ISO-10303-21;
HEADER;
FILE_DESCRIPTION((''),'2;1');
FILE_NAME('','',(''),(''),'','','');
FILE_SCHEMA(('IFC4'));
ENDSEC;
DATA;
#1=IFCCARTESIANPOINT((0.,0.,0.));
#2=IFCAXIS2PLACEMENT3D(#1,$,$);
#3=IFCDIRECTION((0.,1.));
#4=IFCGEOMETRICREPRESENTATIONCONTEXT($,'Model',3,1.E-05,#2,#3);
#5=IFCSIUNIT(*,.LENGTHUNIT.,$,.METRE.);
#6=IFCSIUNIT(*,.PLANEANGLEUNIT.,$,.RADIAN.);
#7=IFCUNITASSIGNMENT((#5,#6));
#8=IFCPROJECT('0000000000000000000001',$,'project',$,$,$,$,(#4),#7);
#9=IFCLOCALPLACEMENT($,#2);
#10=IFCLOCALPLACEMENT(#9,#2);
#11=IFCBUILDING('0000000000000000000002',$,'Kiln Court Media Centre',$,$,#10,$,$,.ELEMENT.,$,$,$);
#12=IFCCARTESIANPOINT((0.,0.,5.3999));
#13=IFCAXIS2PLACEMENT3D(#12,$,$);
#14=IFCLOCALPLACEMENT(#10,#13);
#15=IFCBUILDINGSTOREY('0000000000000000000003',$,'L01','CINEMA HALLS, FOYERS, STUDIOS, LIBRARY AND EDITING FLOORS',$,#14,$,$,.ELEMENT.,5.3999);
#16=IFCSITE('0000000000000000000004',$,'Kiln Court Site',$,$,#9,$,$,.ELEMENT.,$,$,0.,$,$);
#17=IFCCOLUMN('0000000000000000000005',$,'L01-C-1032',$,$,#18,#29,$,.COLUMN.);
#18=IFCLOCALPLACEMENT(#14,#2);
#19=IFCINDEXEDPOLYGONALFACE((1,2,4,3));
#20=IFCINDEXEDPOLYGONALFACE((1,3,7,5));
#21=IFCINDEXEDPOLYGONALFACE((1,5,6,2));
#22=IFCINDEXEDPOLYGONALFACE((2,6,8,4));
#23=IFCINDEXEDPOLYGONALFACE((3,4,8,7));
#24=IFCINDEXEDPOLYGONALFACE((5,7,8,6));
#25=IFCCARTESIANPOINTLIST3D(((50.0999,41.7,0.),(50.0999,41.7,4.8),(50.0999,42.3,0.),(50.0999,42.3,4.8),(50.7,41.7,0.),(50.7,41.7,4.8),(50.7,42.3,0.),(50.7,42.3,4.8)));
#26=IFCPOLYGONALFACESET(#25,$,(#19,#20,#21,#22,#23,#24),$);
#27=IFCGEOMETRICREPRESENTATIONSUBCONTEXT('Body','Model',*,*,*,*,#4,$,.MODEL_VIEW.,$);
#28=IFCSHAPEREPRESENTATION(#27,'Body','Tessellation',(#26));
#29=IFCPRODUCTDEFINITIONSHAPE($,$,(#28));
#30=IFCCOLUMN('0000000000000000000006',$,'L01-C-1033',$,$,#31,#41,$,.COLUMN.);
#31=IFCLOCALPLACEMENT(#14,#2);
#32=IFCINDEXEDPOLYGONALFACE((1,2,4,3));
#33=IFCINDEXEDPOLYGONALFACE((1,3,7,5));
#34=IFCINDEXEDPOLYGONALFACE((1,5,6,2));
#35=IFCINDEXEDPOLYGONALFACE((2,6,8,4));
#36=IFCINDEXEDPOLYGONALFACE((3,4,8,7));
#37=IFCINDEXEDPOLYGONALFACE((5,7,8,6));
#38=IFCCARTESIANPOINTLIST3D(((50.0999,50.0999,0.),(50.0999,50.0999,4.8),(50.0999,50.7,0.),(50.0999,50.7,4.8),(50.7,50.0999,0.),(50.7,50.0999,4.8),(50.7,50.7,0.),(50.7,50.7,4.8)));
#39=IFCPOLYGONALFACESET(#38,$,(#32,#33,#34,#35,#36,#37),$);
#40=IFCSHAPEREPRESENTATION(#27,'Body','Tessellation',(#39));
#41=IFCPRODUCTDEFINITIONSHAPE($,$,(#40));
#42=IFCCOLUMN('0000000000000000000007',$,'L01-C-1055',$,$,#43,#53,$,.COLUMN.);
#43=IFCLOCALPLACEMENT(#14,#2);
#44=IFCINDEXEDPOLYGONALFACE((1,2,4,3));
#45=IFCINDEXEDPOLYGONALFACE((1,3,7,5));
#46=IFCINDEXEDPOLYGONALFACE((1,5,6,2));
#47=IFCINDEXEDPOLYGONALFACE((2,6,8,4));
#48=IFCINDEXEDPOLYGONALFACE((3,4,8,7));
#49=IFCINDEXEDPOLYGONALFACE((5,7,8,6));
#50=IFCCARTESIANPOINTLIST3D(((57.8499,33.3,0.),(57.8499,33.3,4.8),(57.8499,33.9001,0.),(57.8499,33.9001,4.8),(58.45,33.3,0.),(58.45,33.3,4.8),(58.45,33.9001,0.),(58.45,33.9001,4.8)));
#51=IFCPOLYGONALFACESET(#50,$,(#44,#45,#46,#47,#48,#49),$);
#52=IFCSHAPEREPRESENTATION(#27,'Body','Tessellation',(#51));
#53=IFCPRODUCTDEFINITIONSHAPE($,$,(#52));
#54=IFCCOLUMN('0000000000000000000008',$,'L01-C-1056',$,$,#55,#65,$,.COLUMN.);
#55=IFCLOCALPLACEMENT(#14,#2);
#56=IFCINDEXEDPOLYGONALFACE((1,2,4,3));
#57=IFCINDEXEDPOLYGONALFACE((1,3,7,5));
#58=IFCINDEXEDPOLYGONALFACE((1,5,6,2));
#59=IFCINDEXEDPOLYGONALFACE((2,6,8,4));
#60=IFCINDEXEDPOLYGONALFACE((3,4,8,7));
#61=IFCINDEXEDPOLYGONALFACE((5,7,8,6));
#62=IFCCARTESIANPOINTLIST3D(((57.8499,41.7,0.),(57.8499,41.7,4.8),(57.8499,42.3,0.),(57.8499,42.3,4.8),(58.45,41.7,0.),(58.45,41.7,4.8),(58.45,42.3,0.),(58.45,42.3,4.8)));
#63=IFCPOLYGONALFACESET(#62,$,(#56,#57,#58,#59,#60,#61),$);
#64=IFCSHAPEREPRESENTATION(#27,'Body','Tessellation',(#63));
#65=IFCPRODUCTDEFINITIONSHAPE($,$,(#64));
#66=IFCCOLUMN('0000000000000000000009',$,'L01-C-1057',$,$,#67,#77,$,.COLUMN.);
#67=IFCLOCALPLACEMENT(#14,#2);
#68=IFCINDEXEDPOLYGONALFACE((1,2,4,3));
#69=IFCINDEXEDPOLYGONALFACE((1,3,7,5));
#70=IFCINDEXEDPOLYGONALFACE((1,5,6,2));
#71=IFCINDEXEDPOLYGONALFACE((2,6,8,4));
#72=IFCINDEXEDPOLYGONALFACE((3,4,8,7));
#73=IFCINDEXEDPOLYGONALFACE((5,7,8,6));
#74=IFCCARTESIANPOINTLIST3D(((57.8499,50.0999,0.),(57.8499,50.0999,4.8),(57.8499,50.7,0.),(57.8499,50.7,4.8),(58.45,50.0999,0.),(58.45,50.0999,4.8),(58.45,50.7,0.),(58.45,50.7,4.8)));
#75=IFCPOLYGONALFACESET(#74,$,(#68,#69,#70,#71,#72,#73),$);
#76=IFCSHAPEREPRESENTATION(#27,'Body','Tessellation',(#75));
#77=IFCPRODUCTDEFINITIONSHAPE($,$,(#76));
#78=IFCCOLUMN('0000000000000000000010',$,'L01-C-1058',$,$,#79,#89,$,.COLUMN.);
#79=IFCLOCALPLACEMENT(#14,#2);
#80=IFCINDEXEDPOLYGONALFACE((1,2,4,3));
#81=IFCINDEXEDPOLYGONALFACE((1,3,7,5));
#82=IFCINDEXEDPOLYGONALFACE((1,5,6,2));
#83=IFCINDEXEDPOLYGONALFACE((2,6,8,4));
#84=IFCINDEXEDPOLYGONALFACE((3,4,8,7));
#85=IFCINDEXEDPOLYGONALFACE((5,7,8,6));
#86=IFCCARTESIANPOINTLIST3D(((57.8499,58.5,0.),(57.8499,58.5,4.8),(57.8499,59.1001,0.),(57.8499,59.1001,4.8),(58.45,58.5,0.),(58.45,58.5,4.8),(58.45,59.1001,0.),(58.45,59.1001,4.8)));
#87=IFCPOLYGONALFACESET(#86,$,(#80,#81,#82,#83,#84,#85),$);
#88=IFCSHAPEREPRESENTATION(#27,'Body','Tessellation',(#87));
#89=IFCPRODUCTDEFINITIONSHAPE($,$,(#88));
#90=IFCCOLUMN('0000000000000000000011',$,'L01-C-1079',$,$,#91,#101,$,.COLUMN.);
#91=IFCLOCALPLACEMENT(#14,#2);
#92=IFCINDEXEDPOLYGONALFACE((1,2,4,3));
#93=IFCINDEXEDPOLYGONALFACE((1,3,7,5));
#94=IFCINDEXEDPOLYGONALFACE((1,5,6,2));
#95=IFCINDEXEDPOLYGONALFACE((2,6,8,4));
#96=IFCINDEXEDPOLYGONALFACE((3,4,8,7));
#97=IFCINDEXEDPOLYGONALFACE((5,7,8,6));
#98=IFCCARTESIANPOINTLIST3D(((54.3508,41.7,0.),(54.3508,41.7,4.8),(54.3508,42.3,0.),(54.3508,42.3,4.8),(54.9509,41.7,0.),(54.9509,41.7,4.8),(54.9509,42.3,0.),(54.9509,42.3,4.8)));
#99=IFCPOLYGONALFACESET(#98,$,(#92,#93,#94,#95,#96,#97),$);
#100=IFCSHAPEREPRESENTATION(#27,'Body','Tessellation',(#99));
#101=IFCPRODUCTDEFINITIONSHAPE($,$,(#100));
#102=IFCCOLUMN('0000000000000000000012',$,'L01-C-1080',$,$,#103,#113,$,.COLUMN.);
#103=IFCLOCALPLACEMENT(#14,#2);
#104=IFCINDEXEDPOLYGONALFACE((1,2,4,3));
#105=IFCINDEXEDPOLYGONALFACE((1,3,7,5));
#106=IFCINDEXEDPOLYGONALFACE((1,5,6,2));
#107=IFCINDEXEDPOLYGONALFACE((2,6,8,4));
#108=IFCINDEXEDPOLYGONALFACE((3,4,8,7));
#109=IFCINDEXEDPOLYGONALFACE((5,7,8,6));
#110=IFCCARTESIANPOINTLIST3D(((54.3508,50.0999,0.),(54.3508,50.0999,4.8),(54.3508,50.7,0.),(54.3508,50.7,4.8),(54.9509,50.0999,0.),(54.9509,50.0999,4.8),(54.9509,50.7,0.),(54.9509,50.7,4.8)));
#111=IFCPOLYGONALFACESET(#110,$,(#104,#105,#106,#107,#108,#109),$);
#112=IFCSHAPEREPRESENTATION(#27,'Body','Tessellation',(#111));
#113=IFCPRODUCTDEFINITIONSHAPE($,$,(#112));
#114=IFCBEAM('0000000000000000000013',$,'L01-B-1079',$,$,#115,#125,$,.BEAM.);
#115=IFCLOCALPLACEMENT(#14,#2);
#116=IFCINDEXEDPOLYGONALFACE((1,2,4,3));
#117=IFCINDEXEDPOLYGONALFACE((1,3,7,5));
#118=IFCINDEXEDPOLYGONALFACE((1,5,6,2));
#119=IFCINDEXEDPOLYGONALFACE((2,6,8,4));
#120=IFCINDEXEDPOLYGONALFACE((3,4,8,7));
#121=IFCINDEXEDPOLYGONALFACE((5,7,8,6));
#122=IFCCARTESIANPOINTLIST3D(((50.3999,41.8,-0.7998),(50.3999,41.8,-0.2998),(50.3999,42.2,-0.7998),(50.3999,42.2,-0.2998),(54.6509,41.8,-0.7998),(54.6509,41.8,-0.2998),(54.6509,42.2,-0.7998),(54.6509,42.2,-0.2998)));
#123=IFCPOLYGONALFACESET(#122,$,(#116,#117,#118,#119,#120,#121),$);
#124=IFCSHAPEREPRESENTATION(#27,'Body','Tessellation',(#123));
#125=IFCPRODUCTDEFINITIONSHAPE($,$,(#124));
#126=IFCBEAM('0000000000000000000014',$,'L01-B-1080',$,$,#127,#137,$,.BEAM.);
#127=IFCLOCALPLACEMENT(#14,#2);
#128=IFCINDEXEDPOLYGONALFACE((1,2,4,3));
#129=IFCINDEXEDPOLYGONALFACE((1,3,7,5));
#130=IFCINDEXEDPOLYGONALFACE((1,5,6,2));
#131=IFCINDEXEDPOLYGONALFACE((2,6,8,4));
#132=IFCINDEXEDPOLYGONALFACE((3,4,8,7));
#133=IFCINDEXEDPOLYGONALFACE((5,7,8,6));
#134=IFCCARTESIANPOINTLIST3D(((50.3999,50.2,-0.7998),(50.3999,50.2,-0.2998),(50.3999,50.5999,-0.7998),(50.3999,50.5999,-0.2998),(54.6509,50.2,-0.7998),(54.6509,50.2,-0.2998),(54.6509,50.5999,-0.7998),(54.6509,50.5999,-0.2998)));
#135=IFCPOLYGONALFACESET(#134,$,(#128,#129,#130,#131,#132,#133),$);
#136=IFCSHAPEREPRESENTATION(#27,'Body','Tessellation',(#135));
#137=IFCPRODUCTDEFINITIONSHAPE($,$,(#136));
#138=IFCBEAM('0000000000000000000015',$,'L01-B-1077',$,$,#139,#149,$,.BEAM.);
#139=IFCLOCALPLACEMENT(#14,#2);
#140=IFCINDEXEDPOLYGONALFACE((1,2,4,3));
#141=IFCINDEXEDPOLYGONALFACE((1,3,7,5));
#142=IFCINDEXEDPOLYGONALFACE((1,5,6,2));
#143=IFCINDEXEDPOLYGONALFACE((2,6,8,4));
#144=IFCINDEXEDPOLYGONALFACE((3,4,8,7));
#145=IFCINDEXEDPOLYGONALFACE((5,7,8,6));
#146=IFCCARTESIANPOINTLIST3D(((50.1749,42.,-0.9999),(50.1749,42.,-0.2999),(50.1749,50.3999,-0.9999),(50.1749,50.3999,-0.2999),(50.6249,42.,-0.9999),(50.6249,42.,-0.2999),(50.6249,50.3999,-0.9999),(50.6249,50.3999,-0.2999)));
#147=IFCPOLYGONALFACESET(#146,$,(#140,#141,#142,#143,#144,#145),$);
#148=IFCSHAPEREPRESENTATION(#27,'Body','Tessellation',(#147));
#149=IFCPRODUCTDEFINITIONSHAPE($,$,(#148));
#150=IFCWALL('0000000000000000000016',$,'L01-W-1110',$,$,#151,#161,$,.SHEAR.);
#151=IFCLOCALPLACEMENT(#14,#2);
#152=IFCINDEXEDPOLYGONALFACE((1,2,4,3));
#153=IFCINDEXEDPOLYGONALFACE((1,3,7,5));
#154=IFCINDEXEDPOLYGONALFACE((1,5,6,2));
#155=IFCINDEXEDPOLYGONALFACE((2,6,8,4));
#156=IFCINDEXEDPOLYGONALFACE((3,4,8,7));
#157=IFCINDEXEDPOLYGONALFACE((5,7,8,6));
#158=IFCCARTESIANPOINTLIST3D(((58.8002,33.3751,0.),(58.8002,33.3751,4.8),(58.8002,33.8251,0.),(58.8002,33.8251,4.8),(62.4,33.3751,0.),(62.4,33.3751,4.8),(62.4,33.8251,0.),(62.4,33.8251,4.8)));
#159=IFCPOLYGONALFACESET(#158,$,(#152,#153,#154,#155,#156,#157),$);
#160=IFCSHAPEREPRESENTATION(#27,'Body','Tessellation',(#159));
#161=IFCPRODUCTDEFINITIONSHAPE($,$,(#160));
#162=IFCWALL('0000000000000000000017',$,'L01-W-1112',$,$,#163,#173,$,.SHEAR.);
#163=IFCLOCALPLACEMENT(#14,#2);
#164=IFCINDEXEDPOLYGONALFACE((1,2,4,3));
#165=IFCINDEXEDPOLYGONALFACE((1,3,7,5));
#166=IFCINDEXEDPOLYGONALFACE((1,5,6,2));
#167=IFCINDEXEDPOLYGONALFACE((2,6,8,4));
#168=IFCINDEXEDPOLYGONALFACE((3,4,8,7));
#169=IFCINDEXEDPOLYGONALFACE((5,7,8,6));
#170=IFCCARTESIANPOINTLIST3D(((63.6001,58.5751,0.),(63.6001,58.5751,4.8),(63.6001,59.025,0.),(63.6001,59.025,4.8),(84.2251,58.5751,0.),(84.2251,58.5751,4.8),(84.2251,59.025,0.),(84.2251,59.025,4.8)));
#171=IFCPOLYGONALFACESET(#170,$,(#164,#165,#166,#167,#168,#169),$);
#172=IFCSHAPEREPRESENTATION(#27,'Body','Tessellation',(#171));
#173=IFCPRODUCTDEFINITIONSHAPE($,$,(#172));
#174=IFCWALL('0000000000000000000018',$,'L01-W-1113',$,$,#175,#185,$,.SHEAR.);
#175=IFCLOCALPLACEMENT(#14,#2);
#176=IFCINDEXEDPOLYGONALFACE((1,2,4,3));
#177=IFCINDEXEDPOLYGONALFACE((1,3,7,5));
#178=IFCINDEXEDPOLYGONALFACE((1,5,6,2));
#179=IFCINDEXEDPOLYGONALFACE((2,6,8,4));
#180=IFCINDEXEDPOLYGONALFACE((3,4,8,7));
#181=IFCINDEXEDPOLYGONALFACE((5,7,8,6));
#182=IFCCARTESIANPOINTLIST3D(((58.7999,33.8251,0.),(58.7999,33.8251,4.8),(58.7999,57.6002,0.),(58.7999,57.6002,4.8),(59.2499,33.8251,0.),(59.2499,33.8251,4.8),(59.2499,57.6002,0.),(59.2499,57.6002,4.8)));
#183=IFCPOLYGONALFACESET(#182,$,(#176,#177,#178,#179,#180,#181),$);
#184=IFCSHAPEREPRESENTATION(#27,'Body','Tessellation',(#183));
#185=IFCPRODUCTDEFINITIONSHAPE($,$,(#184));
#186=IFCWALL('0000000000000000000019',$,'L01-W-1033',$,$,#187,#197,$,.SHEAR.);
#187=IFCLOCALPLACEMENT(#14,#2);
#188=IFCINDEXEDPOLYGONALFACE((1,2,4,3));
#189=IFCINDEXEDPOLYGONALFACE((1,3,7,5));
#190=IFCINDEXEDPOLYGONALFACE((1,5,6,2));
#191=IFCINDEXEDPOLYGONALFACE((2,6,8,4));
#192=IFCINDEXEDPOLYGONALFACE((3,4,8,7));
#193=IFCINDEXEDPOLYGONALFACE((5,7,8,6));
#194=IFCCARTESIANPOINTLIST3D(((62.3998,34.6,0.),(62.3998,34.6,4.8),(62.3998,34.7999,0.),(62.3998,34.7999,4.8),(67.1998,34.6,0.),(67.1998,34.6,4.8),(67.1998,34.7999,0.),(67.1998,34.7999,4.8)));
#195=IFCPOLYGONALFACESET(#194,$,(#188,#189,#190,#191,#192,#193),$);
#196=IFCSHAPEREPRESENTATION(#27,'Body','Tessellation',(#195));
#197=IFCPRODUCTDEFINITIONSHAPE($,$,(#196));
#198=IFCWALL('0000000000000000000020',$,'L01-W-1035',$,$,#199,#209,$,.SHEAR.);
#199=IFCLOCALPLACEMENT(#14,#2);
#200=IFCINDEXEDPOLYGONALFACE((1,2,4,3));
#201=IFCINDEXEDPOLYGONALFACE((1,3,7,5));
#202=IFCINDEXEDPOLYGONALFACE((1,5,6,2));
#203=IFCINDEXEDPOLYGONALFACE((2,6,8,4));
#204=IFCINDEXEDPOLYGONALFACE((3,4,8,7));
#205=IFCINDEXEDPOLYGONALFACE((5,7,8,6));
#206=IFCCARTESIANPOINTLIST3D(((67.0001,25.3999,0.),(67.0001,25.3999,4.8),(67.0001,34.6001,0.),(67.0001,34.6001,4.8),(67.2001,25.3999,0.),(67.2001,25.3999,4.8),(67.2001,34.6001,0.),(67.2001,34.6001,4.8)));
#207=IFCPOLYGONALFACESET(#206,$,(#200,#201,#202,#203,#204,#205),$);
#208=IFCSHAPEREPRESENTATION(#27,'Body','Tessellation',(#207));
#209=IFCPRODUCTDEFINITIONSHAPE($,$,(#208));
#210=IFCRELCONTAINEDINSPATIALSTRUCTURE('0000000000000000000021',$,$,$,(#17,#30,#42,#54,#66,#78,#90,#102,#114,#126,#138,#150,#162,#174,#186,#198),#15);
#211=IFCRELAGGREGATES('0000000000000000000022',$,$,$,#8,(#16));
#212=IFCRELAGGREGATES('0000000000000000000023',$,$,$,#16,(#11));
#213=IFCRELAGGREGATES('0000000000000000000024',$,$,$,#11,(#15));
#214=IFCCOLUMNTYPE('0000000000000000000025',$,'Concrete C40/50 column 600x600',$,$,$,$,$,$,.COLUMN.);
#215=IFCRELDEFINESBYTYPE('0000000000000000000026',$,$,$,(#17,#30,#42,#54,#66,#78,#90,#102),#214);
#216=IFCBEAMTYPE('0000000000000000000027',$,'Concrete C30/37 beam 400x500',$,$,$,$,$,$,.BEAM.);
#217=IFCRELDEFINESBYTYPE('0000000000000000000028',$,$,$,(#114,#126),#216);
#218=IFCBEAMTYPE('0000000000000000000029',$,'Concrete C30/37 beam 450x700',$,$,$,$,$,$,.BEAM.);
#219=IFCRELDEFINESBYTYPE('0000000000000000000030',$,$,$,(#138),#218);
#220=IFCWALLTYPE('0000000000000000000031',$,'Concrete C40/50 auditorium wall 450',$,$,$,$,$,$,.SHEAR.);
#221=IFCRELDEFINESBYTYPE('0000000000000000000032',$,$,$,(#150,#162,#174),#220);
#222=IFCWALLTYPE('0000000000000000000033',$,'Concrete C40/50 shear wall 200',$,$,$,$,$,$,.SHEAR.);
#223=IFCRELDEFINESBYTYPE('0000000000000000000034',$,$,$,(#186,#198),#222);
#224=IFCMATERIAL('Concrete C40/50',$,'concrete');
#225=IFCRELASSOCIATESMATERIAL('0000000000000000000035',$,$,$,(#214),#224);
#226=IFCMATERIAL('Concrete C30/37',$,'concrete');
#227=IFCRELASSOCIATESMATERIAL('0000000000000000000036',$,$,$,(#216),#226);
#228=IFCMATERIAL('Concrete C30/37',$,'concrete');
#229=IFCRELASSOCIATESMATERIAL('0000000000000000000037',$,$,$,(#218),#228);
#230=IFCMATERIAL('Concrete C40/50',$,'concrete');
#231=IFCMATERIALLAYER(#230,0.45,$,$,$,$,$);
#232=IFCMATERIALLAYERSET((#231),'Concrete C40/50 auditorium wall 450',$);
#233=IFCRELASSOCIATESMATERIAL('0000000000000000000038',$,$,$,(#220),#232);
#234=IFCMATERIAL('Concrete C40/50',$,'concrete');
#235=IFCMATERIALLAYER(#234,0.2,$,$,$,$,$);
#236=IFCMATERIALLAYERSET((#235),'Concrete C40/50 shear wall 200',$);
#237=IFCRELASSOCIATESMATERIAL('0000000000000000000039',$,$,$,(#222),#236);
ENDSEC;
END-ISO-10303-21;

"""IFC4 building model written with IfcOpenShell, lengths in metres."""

from ifc_helpers import new_model, si_unit, direction, frame, frame_2d, origin, origin_2d, place, context, subcontext, project, spatial, rectangle, extrude, material, layer, layer_set, material_profile, profile_set, type_object, element, save


model = new_model("IFC4")

# Units and contexts
model_context = context("Model", 3, precision=1e-05, world=origin(), true_north=direction((0.0, 1.0)))
body_context = subcontext(model_context, "Body", "Model", "MODEL_VIEW")
ifc_project = project(units=[si_unit("LENGTHUNIT", "METRE"), si_unit("PLANEANGLEUNIT", "RADIAN")], contexts=[model_context])

# Site, building, storey
site_placement = place(None, origin())
site = spatial("IfcSite", under=ifc_project, at=site_placement, Name="Kiln Court Site", CompositionType="ELEMENT", RefElevation=0.0)
building_placement = place(site_placement, origin())
building = spatial("IfcBuilding", under=site, at=building_placement, Name="Kiln Court Media Centre", CompositionType="ELEMENT")
storey_placement = place(building_placement, frame((0.0, 0.0, 5.3999)))
storey = spatial("IfcBuildingStorey", under=building, at=storey_placement, Name="L01", Description="CINEMA HALLS, FOYERS, STUDIOS, LIBRARY AND EDITING FLOORS", CompositionType="ELEMENT", Elevation=5.3999)

# Columns
ifc_material_1 = material(Name="Concrete C40/50", Category="concrete")
ifc_material_profile_1 = material_profile(ifc_material_1, rectangle(XDim=0.6001, YDim=0.6001, at=origin_2d()), Name="RC 600x600")
ifc_profile_set_1 = profile_set([ifc_material_profile_1], Name="Concrete C40/50")
column_type = type_object("IfcColumnType", Name="Concrete C40/50 column 600x600", PredefinedType="COLUMN", material=ifc_profile_set_1)
for number, where, z_axis, x_axis, name in (
    (1, (50.3999, 42.0, 0.0), (0.0, 0.0, 1.0), (1.0, 0.0, 0.0), "L01-C-1032"),
    (2, (50.3999, 50.3999, 0.0), (0.0, 0.0, 1.0), (1.0, 0.0, 0.0), "L01-C-1033"),
    (3, (58.1499, 33.6001, 0.0), (0.0, 0.0, 1.0), (1.0, 0.0, 0.0), "L01-C-1055"),
    (4, (58.1499, 42.0, 0.0), (0.0, 0.0, 1.0), (1.0, 0.0, 0.0), "L01-C-1056"),
    (5, (58.1499, 50.3999, 0.0), (0.0, 0.0, 1.0), (1.0, 0.0, 0.0), "L01-C-1057"),
    (6, (58.1499, 58.8, 0.0), (0.0, 0.0, 1.0), (1.0, 0.0, 0.0), "L01-C-1058"),
    (7, (54.6509, 42.0, 0.0), (0.0, 0.0, 1.0), (1.0, 0.0, 0.0), "L01-C-1079"),
    (8, (54.6509, 50.3999, 0.0), (0.0, 0.0, 1.0), (1.0, 0.0, 0.0), "L01-C-1080"),
):
    element("IfcColumn", number, at=place(storey_placement, frame(where, z_axis=z_axis, x_axis=x_axis)), inside=storey, type_object=column_type, Name=name, PredefinedType="COLUMN", context=body_context, shape_type="SweptSolid", body=[
        extrude(rectangle(XDim=0.6001, YDim=0.6001, at=origin_2d()), origin(), (0.0, 0.0, 1.0), 4.8),
    ])

# Beams
ifc_material_2 = material(Name="Concrete C30/37", Category="concrete")
ifc_material_profile_2 = material_profile(ifc_material_2, rectangle(XDim=0.3999, YDim=0.5, at=origin_2d()), Name="RC 400x500")
ifc_profile_set_2 = profile_set([ifc_material_profile_2], Name="Concrete C30/37")
beam_type_1 = type_object("IfcBeamType", Name="Concrete C30/37 beam 400x500", PredefinedType="BEAM", material=ifc_profile_set_2)
for number, where, z_axis, x_axis, name in (
    (9, (50.3999, 42.0, -0.5498), (1.0, 0.0, 0.0), (0.0, 1.0, 0.0), "L01-B-1079"),
    (10, (50.3999, 50.3999, -0.5498), (1.0, 0.0, 0.0), (0.0, 1.0, 0.0), "L01-B-1080"),
):
    element("IfcBeam", number, at=place(storey_placement, frame(where, z_axis=z_axis, x_axis=x_axis)), inside=storey, type_object=beam_type_1, Name=name, PredefinedType="BEAM", context=body_context, shape_type="SweptSolid", body=[
        extrude(rectangle(XDim=0.3999, YDim=0.5, at=origin_2d()), origin(), (0.0, 0.0, 1.0), 4.251),
    ])
ifc_material_3 = material(Name="Concrete C30/37", Category="concrete")
ifc_material_profile_3 = material_profile(ifc_material_3, rectangle(XDim=0.45, YDim=0.7, at=origin_2d()), Name="RC 450x700")
ifc_profile_set_3 = profile_set([ifc_material_profile_3], Name="Concrete C30/37")
beam_type_2 = type_object("IfcBeamType", Name="Concrete C30/37 beam 450x700", PredefinedType="BEAM", material=ifc_profile_set_3)
beam_placement = place(storey_placement, frame((50.3999, 42.0, -0.6499), z_axis=(0.0, 1.0, 0.0), x_axis=(-1.0, 0.0, 0.0)))
element("IfcBeam", 11, at=beam_placement, inside=storey, type_object=beam_type_2, Name="L01-B-1077", PredefinedType="BEAM", context=body_context, shape_type="SweptSolid", body=[
    extrude(rectangle(XDim=0.45, YDim=0.7, at=origin_2d()), origin(), (0.0, 0.0, 1.0), 8.3999),
])

# Walls
ifc_material_4 = material(Name="Concrete C40/50", Category="concrete")
ifc_layer_1 = layer(ifc_material_4, 0.45)
ifc_layer_set_1 = layer_set([ifc_layer_1], Name="Concrete C40/50 auditorium wall 450")
wall_type_1 = type_object("IfcWallType", Name="Concrete C40/50 auditorium wall 450", PredefinedType="SHEAR", material=ifc_layer_set_1)
wall_1_placement = place(storey_placement, frame((62.3999, 33.6001, 0.0), z_axis=(0.0, 0.0, 1.0), x_axis=(-1.0, 0.0, 0.0)))
element("IfcWall", 12, at=wall_1_placement, inside=storey, type_object=wall_type_1, Name="L01-W-1110", PredefinedType="SHEAR", context=body_context, shape_type="SweptSolid", body=[
    extrude(rectangle(XDim=3.5999, YDim=0.45, at=frame_2d((1.7998, 0.0))), origin(), (0.0, 0.0, 1.0), 4.8),
])
wall_2_placement = place(storey_placement, frame((63.6001, 58.8, 0.0), z_axis=(0.0, 0.0, 1.0), x_axis=(1.0, 0.0, 0.0)))
element("IfcWall", 13, at=wall_2_placement, inside=storey, type_object=wall_type_1, Name="L01-W-1112", PredefinedType="SHEAR", context=body_context, shape_type="SweptSolid", body=[
    extrude(rectangle(XDim=20.625, YDim=0.45, at=frame_2d((10.3125, 0.0))), origin(), (0.0, 0.0, 1.0), 4.8),
])
wall_3_placement = place(storey_placement, frame((59.0249, 33.825, 0.0), z_axis=(0.0, 0.0, 1.0), x_axis=(0.0, 1.0, 0.0)))
element("IfcWall", 14, at=wall_3_placement, inside=storey, type_object=wall_type_1, Name="L01-W-1113", PredefinedType="SHEAR", context=body_context, shape_type="SweptSolid", body=[
    extrude(rectangle(XDim=23.7751, YDim=0.45, at=frame_2d((11.8877, 0.0))), origin(), (0.0, 0.0, 1.0), 4.8),
])
ifc_material_5 = material(Name="Concrete C40/50", Category="concrete")
ifc_layer_2 = layer(ifc_material_5, 0.2)
ifc_layer_set_2 = layer_set([ifc_layer_2], Name="Concrete C40/50 shear wall 200")
wall_type_2 = type_object("IfcWallType", Name="Concrete C40/50 shear wall 200", PredefinedType="SHEAR", material=ifc_layer_set_2)
wall_4_placement = place(storey_placement, frame((62.3999, 34.7, 0.0), z_axis=(0.0, 0.0, 1.0), x_axis=(1.0, 0.0, 0.0)))
element("IfcWall", 15, at=wall_4_placement, inside=storey, type_object=wall_type_2, Name="L01-W-1033", PredefinedType="SHEAR", context=body_context, shape_type="SweptSolid", body=[
    extrude(rectangle(XDim=4.8, YDim=0.2, at=frame_2d((2.3999, 0.0))), origin(), (0.0, 0.0, 1.0), 4.8),
])
wall_5_placement = place(storey_placement, frame((67.1001, 34.6001, 0.0), z_axis=(0.0, 0.0, 1.0), x_axis=(0.0, -1.0, 0.0)))
element("IfcWall", 16, at=wall_5_placement, inside=storey, type_object=wall_type_2, Name="L01-W-1035", PredefinedType="SHEAR", context=body_context, shape_type="SweptSolid", body=[
    extrude(rectangle(XDim=9.2002, YDim=0.2, at=frame_2d((4.6001, 0.0))), origin(), (0.0, 0.0, 1.0), 4.8),
])

save(model, "model.ifc")
